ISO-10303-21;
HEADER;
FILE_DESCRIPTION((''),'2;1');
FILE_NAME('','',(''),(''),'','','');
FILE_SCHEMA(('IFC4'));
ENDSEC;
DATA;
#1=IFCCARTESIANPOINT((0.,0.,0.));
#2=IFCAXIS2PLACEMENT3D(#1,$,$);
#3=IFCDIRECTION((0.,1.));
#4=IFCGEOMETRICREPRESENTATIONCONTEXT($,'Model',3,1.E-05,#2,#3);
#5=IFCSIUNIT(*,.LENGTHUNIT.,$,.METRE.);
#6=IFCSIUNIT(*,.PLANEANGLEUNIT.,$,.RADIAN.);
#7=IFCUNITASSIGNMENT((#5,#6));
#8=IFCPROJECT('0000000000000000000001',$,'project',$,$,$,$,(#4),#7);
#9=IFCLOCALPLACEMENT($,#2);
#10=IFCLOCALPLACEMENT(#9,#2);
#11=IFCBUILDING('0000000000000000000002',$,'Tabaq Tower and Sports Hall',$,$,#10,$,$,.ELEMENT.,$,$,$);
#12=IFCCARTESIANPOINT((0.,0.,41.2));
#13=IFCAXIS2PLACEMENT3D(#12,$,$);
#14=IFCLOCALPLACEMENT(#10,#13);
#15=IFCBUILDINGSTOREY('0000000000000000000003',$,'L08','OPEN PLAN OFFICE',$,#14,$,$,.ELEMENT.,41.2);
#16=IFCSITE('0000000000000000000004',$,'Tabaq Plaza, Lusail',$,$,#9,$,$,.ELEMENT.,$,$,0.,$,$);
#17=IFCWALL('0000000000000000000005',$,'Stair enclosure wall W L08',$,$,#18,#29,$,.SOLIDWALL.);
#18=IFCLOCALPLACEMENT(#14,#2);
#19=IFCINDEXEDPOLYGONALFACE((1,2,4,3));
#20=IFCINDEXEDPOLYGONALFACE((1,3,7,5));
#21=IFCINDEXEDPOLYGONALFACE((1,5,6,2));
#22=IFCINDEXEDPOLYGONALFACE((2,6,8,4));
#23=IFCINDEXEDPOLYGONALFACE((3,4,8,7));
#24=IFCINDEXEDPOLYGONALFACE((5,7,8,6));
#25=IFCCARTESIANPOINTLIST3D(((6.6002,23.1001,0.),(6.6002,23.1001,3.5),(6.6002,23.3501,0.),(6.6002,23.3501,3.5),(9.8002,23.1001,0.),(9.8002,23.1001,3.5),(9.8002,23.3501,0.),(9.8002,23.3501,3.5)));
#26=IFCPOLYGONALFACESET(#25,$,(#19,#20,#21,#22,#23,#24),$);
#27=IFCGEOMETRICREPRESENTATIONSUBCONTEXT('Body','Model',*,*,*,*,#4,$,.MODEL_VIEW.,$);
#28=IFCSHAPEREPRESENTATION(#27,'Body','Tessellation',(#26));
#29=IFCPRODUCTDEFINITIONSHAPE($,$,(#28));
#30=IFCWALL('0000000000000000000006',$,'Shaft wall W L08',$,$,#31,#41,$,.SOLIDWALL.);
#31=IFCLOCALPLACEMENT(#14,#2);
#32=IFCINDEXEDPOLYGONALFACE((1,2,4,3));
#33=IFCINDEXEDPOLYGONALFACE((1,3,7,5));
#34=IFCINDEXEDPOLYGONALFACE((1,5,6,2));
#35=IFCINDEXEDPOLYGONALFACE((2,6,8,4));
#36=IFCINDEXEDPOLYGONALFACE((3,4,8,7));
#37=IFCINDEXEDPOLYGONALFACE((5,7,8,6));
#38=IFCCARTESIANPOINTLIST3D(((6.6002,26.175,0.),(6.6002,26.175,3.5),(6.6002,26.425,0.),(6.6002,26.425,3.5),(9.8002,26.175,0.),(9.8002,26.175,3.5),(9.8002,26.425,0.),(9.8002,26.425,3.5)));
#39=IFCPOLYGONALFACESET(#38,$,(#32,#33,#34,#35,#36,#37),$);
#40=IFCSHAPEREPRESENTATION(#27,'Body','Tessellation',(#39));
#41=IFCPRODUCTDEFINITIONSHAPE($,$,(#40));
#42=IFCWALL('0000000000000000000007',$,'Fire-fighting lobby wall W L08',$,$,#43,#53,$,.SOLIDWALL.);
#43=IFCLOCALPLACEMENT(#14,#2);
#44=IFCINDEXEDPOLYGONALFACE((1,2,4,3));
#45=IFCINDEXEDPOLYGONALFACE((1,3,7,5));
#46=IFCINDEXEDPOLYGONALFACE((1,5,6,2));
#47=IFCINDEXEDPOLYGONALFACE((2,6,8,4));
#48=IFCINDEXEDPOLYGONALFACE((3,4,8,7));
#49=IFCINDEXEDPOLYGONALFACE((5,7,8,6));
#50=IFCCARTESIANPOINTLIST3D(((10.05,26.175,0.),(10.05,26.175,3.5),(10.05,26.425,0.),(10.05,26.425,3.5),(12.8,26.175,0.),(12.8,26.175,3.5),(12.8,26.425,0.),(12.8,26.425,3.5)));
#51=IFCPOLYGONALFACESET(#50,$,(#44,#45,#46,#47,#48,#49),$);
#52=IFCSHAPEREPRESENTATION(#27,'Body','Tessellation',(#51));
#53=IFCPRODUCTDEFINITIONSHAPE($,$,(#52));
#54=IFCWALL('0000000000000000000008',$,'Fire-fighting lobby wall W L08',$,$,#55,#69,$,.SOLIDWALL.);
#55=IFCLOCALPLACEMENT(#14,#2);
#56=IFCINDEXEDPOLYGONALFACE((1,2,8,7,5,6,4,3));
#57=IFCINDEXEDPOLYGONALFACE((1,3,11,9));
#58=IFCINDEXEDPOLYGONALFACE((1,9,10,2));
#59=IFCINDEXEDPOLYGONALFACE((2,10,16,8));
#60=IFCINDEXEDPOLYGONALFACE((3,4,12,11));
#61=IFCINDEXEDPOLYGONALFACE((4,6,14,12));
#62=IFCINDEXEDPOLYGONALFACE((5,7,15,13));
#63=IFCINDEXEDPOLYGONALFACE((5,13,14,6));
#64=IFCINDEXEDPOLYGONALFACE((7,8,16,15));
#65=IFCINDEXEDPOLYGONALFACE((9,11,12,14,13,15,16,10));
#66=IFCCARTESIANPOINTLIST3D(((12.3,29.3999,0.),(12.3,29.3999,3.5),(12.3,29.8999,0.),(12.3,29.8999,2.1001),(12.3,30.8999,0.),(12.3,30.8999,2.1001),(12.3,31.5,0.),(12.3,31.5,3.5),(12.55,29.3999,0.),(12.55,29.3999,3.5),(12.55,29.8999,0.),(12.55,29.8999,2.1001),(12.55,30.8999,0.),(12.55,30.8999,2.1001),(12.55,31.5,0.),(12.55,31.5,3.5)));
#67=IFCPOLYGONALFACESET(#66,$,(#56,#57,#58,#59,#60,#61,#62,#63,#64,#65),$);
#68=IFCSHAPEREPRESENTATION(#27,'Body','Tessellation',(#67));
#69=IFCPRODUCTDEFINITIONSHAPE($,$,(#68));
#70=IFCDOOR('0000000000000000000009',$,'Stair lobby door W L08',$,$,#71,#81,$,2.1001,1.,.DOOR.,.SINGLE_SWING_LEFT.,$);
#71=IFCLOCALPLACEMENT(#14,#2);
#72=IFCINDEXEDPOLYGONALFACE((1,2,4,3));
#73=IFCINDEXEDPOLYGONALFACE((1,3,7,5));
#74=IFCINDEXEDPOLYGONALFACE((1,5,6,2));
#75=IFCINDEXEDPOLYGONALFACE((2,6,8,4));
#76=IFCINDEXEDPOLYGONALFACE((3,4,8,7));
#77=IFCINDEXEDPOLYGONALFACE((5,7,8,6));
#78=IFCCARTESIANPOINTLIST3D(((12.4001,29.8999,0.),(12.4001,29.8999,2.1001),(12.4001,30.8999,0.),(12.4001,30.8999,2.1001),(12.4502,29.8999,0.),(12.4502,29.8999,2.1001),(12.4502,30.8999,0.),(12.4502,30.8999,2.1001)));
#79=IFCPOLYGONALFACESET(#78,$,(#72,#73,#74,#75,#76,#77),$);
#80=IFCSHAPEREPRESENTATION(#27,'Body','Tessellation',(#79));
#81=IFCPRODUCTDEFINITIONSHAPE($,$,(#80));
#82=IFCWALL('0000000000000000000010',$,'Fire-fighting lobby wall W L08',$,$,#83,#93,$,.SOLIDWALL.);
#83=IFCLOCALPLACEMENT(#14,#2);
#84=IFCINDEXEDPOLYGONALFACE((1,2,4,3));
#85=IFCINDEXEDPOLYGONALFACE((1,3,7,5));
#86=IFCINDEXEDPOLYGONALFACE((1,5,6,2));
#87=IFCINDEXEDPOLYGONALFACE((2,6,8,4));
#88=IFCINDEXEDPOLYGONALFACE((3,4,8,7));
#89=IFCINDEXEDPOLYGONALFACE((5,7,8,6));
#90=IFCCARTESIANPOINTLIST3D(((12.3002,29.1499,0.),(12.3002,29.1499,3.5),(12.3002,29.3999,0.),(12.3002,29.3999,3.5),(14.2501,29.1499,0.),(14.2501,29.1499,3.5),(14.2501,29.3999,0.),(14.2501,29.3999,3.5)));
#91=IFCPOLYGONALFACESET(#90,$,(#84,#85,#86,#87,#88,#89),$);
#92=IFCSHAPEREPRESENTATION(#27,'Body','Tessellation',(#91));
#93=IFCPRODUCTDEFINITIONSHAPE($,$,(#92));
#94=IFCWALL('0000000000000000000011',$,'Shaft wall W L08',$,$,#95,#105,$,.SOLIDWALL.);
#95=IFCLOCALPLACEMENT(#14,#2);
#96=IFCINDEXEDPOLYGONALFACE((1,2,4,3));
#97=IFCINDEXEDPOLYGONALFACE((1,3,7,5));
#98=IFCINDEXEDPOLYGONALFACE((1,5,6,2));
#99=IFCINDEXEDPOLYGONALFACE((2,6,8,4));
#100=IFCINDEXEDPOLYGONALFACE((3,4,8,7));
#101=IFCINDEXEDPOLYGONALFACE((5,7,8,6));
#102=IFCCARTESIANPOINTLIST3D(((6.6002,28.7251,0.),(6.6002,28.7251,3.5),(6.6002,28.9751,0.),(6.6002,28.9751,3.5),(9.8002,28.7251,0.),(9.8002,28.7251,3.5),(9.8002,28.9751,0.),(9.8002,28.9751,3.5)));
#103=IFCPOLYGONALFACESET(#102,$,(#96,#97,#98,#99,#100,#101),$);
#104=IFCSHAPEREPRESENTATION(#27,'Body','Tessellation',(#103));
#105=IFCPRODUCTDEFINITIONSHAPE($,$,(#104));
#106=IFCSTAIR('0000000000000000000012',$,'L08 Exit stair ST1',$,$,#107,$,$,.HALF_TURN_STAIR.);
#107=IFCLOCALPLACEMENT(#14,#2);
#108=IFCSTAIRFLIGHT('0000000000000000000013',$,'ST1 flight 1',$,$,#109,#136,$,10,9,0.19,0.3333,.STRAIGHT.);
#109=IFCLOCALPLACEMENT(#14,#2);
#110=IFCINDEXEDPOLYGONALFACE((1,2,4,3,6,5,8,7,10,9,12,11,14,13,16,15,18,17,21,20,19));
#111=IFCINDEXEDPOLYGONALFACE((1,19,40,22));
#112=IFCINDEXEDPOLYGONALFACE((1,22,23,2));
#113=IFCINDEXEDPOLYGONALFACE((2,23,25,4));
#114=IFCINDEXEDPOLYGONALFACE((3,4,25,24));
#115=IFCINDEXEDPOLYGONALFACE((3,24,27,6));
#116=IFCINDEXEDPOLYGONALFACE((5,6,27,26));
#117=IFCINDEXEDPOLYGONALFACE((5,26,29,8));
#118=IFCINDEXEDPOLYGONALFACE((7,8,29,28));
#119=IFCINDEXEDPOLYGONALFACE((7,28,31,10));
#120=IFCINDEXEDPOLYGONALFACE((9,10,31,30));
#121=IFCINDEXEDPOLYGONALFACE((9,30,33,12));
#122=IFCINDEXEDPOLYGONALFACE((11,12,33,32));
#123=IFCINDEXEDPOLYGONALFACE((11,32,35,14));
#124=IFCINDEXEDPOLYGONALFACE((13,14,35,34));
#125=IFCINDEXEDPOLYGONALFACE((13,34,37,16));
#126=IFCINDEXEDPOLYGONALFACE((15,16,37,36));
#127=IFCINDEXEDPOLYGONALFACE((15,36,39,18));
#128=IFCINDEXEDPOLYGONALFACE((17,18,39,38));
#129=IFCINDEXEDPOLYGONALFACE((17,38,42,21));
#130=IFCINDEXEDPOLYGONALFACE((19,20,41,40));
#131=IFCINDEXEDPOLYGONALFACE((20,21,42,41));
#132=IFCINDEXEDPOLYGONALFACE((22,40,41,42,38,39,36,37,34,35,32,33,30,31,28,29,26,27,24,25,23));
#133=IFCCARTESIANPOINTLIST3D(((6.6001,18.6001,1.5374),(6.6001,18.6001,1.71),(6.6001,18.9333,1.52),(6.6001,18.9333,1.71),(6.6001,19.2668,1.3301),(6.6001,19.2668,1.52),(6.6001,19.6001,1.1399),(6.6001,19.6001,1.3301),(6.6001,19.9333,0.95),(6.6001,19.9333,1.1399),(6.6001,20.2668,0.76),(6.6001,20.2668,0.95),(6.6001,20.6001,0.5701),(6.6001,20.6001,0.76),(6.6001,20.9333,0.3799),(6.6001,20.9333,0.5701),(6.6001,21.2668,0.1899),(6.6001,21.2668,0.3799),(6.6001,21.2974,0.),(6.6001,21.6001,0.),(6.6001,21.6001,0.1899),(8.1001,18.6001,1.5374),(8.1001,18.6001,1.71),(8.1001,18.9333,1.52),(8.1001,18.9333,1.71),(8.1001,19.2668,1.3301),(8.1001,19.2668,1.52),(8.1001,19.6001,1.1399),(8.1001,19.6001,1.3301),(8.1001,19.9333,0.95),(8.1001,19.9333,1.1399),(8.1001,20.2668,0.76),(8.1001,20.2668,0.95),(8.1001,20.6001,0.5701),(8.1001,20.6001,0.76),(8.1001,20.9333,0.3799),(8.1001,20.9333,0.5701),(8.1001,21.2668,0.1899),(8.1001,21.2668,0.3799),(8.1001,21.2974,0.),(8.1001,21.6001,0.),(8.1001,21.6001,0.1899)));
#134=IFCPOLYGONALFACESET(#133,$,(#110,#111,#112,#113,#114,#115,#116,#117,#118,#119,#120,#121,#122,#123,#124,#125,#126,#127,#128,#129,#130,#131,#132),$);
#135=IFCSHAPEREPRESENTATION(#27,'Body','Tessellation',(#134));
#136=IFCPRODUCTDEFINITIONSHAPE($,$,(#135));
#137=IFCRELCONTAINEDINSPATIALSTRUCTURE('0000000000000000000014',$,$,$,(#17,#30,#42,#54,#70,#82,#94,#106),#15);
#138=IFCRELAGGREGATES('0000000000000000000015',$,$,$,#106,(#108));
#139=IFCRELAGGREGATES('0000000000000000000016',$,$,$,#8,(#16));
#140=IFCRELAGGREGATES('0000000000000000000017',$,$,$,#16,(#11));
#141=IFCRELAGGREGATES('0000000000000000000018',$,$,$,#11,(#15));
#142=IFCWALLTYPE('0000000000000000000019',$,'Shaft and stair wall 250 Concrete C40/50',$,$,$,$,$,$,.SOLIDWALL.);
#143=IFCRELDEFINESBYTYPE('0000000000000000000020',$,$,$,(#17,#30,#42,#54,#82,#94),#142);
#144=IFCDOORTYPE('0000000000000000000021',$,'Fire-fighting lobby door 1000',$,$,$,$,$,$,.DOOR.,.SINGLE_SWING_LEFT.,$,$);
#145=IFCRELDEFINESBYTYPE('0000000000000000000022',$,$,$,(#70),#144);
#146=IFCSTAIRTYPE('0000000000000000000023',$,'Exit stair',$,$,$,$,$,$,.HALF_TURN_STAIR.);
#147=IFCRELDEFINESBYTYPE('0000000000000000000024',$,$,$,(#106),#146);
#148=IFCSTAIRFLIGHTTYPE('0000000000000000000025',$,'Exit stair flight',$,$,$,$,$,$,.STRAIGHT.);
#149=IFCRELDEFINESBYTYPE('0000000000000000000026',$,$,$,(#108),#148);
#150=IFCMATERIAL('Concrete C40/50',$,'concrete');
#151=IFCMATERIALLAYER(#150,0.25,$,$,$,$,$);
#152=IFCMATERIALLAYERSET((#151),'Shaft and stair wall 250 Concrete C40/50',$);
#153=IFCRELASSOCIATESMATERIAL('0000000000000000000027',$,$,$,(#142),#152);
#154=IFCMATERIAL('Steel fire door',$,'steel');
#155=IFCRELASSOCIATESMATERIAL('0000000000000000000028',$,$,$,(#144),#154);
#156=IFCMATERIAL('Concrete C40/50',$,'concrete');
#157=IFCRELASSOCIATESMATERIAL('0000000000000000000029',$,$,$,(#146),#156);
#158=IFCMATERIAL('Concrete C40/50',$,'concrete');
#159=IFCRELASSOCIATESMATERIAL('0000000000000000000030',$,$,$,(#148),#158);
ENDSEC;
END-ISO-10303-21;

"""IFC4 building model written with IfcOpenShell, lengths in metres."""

from ifc_helpers import new_model, si_unit, direction, frame, frame_2d, origin, place, context, subcontext, project, spatial, polyline, rectangle, outline, extrude, material, layer, layer_set, type_object, element, fill, aggregate, save


model = new_model("IFC4")

# Units and contexts
model_context = context("Model", 3, precision=1e-05, world=origin(), true_north=direction((0.0, 1.0)))
body_context = subcontext(model_context, "Body", "Model", "MODEL_VIEW")
ifc_project = project(units=[si_unit("LENGTHUNIT", "METRE"), si_unit("PLANEANGLEUNIT", "RADIAN")], contexts=[model_context])

# Site, building, storey
site_placement = place(None, origin())
site = spatial("IfcSite", under=ifc_project, at=site_placement, Name="Tabaq Plaza, Lusail", CompositionType="ELEMENT", RefElevation=0.0)
building_placement = place(site_placement, origin())
building = spatial("IfcBuilding", under=site, at=building_placement, Name="Tabaq Tower and Sports Hall", CompositionType="ELEMENT")
storey_placement = place(building_placement, frame((0.0, 0.0, 41.2)))
storey = spatial("IfcBuildingStorey", under=building, at=storey_placement, Name="L08", Description="OPEN PLAN OFFICE", CompositionType="ELEMENT", Elevation=41.2)

# Walls
ifc_material_1 = material(Name="Concrete C40/50", Category="concrete")
ifc_layer = layer(ifc_material_1, 0.25)
ifc_layer_set = layer_set([ifc_layer], Name="Shaft and stair wall 250 Concrete C40/50")
wall_type = type_object("IfcWallType", Name="Shaft and stair wall 250 Concrete C40/50", PredefinedType="SOLIDWALL", material=ifc_layer_set)
for number, where, z_axis, x_axis, name in (
    (1, (6.6001, 23.2251, 0.0), (0.0, 0.0, 1.0), (1.0, 0.0, 0.0), "Stair enclosure wall W L08"),
    (2, (6.6001, 26.3, 0.0), (0.0, 0.0, 1.0), (1.0, 0.0, 0.0), "Shaft wall W L08"),
):
    element("IfcWall", number, at=place(storey_placement, frame(where, z_axis=z_axis, x_axis=x_axis)), inside=storey, type_object=wall_type, Name=name, PredefinedType="SOLIDWALL", context=body_context, shape_type="SweptSolid", body=[
        extrude(rectangle(XDim=3.2, YDim=0.25, at=frame_2d((1.6001, 0.0))), origin(), (0.0, 0.0, 1.0), 3.5),
    ])
wall_1_placement = place(storey_placement, frame((10.05, 26.3, 0.0), z_axis=(0.0, 0.0, 1.0), x_axis=(1.0, 0.0, 0.0)))
element("IfcWall", 3, at=wall_1_placement, inside=storey, type_object=wall_type, Name="Fire-fighting lobby wall W L08", PredefinedType="SOLIDWALL", context=body_context, shape_type="SweptSolid", body=[
    extrude(rectangle(XDim=2.75, YDim=0.25, at=frame_2d((1.375, 0.0))), origin(), (0.0, 0.0, 1.0), 3.5),
])

# Wall, opening, door
wall_2_placement = place(storey_placement, frame((12.425, 29.3999, 0.0), z_axis=(0.0, 0.0, 1.0), x_axis=(0.0, 1.0, 0.0)))
wall_2 = element("IfcWall", 4, at=wall_2_placement, inside=storey, type_object=wall_type, Name="Fire-fighting lobby wall W L08", PredefinedType="SOLIDWALL", context=body_context, shape_type="SweptSolid", body=[
    extrude(rectangle(XDim=2.1001, YDim=0.25, at=frame_2d((1.05, 0.0))), origin(), (0.0, 0.0, 1.0), 3.5),
])
opening_placement = place(wall_2_placement, frame((0.5, 0.0, 0.0)))
opening = element("IfcOpeningElement", 5, at=opening_placement, cuts=wall_2, PredefinedType="OPENING", context=body_context, shape_type="SweptSolid", body=[
    extrude(rectangle(XDim=1.0, YDim=2.1001, at=frame_2d((0.5, 1.05))), frame((0.0, 0.125, 0.0), z_axis=(0.0, -1.0, 0.0), x_axis=(1.0, 0.0, 0.0)), (0.0, 0.0, 1.0), 0.25),
])
ifc_material_2 = material(Name="Steel fire door", Category="steel")
door_type = type_object("IfcDoorType", Name="Fire-fighting lobby door 1000", OperationType="SINGLE_SWING_LEFT", PredefinedType="DOOR", material=ifc_material_2)
door_placement = place(opening_placement, origin())
door = element("IfcDoor", 6, at=door_placement, inside=storey, type_object=door_type, Name="Stair lobby door W L08", OperationType="SINGLE_SWING_LEFT", OverallHeight=2.1001, OverallWidth=1.0, PredefinedType="DOOR", context=body_context, shape_type="SweptSolid", body=[
    extrude(rectangle(XDim=1.0, YDim=2.1001, at=frame_2d((0.5, 1.05))), frame((0.0, 0.0249, 0.0), z_axis=(0.0, -1.0, 0.0), x_axis=(1.0, 0.0, 0.0)), (0.0, 0.0, 1.0), 0.05),
])
fill(opening, door)

# Walls
wall_3_placement = place(storey_placement, frame((12.3, 29.2749, 0.0), z_axis=(0.0, 0.0, 1.0), x_axis=(1.0, 0.0, 0.0)))
element("IfcWall", 7, at=wall_3_placement, inside=storey, type_object=wall_type, Name="Fire-fighting lobby wall W L08", PredefinedType="SOLIDWALL", context=body_context, shape_type="SweptSolid", body=[
    extrude(rectangle(XDim=1.95, YDim=0.25, at=frame_2d((0.9751, 0.0))), origin(), (0.0, 0.0, 1.0), 3.5),
])
wall_4_placement = place(storey_placement, frame((6.6001, 28.8501, 0.0), z_axis=(0.0, 0.0, 1.0), x_axis=(1.0, 0.0, 0.0)))
element("IfcWall", 8, at=wall_4_placement, inside=storey, type_object=wall_type, Name="Shaft wall W L08", PredefinedType="SOLIDWALL", context=body_context, shape_type="SweptSolid", body=[
    extrude(rectangle(XDim=3.2, YDim=0.25, at=frame_2d((1.6001, 0.0))), origin(), (0.0, 0.0, 1.0), 3.5),
])

# Stair, stair flight
ifc_material_3 = material(Name="Concrete C40/50", Category="concrete")
stair_type = type_object("IfcStairType", Name="Exit stair", PredefinedType="HALF_TURN_STAIR", material=ifc_material_3)
stair_placement = place(storey_placement, origin())
stair = element("IfcStair", 9, at=stair_placement, inside=storey, type_object=stair_type, Name="L08 Exit stair ST1", PredefinedType="HALF_TURN_STAIR")
ifc_material_4 = material(Name="Concrete C40/50", Category="concrete")
stair_flight_type = type_object("IfcStairFlightType", Name="Exit stair flight", PredefinedType="STRAIGHT", material=ifc_material_4)
stair_flight_placement = place(storey_placement, frame((7.3501, 21.6001, 0.0), z_axis=(0.0, 0.0, 1.0), x_axis=(0.0, -1.0, 0.0)))
stair_flight = element("IfcStairFlight", 10, at=stair_flight_placement, type_object=stair_flight_type, Name="ST1 flight 1", NumberOfRisers=10, NumberOfTreads=9, PredefinedType="STRAIGHT", RiserHeight=0.19, TreadLength=0.3333, context=body_context, shape_type="SweptSolid", body=[
    extrude(outline(polyline([(0.0, 0.0), (0.0, 0.1899), (0.3333, 0.1899), (0.3333, 0.3799), (0.6667, 0.3799), (0.6667, 0.5701), (1.0, 0.5701), (1.0, 0.76), (1.3333, 0.76), (1.3333, 0.95), (1.6667, 0.95), (1.6667, 1.1399), (2.0, 1.1399), (2.0, 1.3301), (2.3333, 1.3301), (2.3333, 1.52), (2.6667, 1.52), (2.6667, 1.71), (3.0, 1.71), (3.0, 1.8999), (3.0, 1.5374), (0.3027, 0.0), (0.0, 0.0)])), frame((0.0, 0.75, 0.0), z_axis=(0.0, -1.0, 0.0), x_axis=(1.0, 0.0, 0.0)), (0.0, 0.0, 1.0), 1.5),
])
aggregate(stair, [stair_flight])

save(model, "model.ifc")
